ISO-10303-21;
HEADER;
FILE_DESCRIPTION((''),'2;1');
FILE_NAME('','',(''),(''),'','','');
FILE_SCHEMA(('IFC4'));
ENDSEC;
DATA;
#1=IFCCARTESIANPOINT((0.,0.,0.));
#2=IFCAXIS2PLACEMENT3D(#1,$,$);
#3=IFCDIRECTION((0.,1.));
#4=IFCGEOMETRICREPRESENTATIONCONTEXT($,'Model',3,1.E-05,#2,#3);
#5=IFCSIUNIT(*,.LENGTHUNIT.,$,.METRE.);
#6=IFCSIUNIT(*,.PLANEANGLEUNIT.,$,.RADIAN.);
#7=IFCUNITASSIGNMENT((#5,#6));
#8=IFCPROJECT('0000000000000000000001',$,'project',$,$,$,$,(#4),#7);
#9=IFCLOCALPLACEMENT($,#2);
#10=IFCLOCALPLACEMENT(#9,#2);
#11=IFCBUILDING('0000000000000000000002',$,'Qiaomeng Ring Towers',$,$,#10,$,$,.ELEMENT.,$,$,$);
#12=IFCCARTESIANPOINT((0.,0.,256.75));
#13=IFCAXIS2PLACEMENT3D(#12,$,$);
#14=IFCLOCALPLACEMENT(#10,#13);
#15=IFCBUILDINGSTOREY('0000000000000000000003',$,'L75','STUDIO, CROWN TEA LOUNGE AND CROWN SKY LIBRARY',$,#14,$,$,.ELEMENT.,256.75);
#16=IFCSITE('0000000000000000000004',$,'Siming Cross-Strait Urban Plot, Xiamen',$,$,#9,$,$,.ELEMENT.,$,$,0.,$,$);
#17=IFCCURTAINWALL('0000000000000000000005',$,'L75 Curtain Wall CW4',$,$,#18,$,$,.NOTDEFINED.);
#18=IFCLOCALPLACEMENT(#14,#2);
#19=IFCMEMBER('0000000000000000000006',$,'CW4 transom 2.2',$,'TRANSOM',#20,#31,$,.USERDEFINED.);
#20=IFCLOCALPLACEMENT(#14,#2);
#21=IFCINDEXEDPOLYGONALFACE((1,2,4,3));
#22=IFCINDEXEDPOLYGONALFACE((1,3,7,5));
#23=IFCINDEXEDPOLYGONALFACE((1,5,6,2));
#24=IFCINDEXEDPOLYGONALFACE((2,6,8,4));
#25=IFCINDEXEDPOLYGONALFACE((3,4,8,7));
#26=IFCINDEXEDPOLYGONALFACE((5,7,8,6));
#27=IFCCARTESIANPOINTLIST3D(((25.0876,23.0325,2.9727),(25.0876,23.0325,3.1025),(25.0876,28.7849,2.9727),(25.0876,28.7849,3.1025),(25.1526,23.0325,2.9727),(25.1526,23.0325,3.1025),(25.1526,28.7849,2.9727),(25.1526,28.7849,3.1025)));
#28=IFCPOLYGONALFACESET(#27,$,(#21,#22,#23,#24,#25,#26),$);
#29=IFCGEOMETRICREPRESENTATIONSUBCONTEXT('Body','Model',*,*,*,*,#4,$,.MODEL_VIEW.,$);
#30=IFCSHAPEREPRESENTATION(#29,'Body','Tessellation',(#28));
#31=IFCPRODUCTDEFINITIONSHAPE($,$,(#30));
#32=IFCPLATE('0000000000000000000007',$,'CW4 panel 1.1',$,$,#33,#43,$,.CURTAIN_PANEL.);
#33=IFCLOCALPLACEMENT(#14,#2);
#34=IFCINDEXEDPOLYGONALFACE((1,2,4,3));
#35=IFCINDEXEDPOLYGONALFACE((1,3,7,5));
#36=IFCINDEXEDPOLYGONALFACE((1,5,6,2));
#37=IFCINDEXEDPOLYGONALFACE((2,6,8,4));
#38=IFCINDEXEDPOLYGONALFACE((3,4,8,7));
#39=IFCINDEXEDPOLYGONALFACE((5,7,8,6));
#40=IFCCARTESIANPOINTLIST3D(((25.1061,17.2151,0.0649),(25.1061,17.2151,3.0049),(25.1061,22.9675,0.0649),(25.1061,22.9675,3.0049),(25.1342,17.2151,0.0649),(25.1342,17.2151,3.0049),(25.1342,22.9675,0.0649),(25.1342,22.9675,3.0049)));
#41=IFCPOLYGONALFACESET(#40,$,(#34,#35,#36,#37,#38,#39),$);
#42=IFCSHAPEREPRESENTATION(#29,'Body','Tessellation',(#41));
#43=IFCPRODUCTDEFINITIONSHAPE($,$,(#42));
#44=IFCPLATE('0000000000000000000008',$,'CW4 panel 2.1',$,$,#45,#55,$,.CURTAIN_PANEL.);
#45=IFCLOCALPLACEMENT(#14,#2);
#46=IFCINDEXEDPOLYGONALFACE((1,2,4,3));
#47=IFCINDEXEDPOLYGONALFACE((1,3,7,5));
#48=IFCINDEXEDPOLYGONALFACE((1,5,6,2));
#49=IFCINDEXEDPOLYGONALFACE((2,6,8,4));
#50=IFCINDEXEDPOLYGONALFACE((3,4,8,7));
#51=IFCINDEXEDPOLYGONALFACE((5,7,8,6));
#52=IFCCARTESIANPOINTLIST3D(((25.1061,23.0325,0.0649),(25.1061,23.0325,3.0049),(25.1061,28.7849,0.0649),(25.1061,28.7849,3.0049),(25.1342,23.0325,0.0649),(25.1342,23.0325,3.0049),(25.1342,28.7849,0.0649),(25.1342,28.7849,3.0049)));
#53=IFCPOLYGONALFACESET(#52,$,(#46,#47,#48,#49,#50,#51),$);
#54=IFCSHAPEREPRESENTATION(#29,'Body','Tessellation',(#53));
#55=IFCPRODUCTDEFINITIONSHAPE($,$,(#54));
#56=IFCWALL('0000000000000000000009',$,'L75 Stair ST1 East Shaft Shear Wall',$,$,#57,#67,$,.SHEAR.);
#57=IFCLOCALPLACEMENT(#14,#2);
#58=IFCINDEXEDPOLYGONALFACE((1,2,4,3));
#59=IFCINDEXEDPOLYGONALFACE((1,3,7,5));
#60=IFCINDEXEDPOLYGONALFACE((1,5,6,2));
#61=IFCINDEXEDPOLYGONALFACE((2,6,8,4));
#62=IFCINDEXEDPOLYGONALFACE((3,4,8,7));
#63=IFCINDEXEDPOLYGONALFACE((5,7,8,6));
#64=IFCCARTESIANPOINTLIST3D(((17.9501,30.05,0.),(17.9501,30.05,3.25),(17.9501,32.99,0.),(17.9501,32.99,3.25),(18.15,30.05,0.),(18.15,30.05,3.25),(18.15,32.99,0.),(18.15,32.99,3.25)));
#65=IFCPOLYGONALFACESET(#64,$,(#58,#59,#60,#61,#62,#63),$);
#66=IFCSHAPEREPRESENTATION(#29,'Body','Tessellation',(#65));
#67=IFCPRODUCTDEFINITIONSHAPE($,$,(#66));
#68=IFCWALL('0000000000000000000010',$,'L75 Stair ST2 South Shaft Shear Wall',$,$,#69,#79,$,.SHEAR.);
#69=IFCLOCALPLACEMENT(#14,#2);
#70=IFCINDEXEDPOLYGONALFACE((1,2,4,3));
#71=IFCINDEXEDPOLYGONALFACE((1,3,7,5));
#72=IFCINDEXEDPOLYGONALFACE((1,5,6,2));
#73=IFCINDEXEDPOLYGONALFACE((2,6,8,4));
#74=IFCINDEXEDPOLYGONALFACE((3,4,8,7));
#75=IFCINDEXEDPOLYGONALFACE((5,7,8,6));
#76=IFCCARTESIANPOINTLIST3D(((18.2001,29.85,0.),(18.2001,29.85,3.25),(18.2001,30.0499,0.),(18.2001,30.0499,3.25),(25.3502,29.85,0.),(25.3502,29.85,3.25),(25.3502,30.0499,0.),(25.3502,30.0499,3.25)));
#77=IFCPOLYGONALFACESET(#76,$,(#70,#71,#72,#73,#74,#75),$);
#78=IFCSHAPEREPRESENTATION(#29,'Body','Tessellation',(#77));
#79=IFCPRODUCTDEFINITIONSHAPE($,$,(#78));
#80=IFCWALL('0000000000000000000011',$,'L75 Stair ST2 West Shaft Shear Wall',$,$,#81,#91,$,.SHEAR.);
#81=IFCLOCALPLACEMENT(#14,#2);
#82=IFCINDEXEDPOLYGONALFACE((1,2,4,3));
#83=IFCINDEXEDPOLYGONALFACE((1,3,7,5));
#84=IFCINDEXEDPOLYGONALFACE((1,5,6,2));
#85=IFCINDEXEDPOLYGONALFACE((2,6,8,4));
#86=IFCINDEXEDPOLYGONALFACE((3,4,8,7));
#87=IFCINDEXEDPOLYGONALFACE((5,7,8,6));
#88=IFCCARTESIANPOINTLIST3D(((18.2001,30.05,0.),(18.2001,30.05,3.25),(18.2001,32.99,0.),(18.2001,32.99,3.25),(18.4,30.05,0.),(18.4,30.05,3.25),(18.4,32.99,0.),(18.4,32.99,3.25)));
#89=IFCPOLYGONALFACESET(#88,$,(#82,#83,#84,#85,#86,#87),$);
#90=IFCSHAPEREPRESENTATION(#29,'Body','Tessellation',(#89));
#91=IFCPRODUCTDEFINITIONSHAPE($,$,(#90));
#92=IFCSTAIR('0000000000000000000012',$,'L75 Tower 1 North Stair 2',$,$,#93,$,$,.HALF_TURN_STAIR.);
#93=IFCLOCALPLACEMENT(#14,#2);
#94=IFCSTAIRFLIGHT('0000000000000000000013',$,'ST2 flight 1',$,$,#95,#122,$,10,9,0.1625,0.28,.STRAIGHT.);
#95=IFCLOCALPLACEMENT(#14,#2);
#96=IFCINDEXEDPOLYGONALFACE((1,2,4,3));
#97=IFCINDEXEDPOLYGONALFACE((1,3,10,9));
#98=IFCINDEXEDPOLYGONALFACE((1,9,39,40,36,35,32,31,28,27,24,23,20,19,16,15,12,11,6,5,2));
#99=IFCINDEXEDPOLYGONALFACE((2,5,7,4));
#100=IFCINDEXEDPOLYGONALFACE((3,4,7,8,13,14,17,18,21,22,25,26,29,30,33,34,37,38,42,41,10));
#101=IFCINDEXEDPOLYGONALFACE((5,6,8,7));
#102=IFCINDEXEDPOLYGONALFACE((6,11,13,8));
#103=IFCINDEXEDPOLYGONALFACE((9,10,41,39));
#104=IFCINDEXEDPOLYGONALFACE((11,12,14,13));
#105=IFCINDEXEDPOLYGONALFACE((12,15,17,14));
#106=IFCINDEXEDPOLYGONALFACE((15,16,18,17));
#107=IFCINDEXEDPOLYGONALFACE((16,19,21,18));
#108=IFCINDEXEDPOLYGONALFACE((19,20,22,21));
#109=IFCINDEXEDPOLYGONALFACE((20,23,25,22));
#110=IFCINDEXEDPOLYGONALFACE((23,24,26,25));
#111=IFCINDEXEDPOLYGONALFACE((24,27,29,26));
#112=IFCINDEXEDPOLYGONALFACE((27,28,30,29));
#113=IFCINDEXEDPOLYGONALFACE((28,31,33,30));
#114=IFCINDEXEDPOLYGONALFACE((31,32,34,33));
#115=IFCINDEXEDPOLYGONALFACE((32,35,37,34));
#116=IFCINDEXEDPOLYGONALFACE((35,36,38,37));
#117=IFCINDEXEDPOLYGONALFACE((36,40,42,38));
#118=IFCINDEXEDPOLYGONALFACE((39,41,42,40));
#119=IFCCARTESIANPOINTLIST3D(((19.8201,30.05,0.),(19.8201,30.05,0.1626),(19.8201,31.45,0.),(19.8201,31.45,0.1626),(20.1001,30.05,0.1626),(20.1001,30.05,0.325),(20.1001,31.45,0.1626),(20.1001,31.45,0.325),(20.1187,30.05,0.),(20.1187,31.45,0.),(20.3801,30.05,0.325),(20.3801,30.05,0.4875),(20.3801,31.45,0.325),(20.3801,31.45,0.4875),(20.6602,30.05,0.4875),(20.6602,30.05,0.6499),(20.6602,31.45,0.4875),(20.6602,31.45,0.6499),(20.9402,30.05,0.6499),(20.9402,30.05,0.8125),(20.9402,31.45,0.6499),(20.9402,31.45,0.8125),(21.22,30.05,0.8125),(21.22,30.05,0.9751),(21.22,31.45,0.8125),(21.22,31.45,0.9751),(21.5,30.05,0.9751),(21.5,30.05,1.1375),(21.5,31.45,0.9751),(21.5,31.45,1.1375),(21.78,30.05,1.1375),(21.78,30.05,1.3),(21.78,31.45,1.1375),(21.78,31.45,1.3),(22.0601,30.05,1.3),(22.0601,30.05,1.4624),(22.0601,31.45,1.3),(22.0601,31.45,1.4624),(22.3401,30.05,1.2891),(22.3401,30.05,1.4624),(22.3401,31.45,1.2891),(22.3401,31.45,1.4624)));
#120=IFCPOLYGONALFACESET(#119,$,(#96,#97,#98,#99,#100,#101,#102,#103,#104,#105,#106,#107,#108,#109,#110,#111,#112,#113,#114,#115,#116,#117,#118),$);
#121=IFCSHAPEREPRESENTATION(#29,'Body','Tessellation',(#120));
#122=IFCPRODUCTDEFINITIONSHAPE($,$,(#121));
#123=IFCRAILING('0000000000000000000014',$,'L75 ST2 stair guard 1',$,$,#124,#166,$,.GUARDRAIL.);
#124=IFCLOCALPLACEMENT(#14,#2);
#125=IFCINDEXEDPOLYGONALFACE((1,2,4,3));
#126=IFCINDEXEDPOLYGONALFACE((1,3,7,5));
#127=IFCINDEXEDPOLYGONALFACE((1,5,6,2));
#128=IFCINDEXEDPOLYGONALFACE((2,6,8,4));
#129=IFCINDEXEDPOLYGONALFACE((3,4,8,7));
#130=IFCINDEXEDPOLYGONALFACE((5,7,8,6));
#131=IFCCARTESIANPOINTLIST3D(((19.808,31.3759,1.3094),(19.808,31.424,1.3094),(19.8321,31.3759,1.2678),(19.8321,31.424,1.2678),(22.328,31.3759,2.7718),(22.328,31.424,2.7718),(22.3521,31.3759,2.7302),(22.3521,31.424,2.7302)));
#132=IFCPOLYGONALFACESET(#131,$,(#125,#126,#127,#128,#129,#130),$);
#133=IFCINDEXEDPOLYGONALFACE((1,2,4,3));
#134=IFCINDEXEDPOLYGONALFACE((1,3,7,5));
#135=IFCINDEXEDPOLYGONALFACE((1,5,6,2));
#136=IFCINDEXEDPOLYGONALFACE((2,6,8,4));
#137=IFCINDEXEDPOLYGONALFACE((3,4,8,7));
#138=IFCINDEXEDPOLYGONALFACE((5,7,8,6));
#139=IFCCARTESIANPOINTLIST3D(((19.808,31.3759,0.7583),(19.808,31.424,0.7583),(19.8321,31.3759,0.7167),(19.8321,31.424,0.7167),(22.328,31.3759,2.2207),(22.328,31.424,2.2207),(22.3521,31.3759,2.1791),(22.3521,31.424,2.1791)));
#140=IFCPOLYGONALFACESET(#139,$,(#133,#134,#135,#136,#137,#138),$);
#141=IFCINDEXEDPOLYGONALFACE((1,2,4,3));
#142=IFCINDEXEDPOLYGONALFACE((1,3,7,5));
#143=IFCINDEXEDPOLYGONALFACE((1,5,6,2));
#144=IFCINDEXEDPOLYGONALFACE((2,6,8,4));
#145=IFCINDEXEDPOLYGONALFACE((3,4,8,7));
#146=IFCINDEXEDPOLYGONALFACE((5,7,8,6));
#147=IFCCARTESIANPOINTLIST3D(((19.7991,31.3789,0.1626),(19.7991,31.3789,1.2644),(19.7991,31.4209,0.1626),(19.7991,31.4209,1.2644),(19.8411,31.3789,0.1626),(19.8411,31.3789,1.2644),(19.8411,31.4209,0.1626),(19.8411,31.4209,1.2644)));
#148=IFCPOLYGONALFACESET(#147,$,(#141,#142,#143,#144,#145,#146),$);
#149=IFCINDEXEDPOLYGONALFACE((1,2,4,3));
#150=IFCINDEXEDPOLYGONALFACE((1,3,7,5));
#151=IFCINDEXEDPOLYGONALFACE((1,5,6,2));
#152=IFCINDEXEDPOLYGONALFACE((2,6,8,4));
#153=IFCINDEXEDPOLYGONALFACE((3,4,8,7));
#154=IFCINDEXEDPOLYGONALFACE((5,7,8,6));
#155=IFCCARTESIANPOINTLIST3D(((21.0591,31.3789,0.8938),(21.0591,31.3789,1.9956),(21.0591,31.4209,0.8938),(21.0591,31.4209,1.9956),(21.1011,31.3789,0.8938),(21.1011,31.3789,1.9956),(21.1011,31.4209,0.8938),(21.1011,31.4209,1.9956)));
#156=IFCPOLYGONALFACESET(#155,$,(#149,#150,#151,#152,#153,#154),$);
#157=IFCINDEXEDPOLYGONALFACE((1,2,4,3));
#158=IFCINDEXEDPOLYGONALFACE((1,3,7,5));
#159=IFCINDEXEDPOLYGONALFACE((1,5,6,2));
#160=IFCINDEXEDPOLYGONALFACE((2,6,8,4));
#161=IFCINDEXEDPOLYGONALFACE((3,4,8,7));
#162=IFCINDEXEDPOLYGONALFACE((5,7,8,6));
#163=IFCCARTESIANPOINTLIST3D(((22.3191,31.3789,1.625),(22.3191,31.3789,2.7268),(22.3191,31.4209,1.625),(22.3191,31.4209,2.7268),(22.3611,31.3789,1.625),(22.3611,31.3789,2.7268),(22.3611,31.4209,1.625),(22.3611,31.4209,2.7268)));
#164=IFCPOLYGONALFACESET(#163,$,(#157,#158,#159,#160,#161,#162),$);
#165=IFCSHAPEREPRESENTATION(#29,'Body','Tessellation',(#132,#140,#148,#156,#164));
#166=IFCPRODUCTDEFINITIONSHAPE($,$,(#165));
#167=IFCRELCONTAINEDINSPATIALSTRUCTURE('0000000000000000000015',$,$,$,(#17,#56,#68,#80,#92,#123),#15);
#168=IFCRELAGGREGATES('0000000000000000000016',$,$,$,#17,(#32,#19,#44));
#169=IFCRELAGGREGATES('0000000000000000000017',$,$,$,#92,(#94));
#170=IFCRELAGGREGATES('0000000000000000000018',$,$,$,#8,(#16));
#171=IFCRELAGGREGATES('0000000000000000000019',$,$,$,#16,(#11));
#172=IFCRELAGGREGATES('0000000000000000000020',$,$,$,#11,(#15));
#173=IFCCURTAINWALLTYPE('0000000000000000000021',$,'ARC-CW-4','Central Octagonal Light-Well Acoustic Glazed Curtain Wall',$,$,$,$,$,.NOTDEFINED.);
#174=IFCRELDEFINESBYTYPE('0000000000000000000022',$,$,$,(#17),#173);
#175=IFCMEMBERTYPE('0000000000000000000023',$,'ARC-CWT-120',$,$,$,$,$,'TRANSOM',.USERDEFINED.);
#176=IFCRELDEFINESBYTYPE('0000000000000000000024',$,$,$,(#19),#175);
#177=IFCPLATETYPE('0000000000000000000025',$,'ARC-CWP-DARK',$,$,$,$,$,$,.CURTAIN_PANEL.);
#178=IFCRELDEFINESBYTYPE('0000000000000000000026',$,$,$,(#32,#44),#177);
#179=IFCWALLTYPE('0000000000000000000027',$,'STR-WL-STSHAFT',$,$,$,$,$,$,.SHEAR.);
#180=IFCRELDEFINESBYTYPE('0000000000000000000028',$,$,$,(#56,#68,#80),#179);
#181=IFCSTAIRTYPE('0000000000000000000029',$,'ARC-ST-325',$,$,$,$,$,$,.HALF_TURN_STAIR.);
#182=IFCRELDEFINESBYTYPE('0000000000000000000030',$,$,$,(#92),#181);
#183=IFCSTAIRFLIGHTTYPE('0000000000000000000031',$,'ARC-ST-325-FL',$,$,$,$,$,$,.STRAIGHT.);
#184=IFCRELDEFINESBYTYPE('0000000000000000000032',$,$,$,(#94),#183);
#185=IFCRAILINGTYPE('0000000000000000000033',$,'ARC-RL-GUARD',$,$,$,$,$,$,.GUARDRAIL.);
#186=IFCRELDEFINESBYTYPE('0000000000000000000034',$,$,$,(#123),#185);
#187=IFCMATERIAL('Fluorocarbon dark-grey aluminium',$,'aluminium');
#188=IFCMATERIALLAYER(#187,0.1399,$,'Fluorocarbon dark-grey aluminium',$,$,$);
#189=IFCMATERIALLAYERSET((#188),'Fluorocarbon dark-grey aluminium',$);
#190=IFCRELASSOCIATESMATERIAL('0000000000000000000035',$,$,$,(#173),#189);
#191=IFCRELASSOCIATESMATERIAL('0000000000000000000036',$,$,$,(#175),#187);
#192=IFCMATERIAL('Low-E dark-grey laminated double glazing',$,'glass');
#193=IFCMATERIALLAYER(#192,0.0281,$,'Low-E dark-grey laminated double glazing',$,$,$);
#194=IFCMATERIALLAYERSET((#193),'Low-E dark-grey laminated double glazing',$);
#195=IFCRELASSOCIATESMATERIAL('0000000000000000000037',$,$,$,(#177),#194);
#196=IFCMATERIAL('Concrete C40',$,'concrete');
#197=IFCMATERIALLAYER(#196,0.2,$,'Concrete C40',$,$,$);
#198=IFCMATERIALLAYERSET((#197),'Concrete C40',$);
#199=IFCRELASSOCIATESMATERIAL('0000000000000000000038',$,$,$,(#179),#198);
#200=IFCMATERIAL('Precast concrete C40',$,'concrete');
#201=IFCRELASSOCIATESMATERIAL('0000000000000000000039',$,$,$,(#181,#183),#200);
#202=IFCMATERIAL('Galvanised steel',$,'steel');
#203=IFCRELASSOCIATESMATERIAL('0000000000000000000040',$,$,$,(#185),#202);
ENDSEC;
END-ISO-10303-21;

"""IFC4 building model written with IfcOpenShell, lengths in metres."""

from ifc_helpers import new_model, si_unit, direction, frame, frame_2d, origin, origin_2d, place, context, subcontext, project, spatial, polyline, rectangle, outline, extrude, source, transform, mapped, material, layer, layer_set, material_profile, profile_set, type_object, element, aggregate, save


model = new_model("IFC4")

# Units and contexts
model_context = context("Model", 3, precision=1e-05, world=origin(), true_north=direction((0.0, 1.0)))
body_context = subcontext(model_context, "Body", "Model", "MODEL_VIEW")
ifc_project = project(units=[si_unit("LENGTHUNIT", "METRE"), si_unit("PLANEANGLEUNIT", "RADIAN")], contexts=[model_context])

# Site, building, storey
site_placement = place(None, origin())
site = spatial("IfcSite", under=ifc_project, at=site_placement, Name="Siming Cross-Strait Urban Plot, Xiamen", CompositionType="ELEMENT", RefElevation=0.0)
building_placement = place(site_placement, origin())
building = spatial("IfcBuilding", under=site, at=building_placement, Name="Qiaomeng Ring Towers", CompositionType="ELEMENT")
storey_placement = place(building_placement, frame((0.0, 0.0, 256.75)))
storey = spatial("IfcBuildingStorey", under=building, at=storey_placement, Name="L75", Description="STUDIO, CROWN TEA LOUNGE AND CROWN SKY LIBRARY", CompositionType="ELEMENT", Elevation=256.75)

# Curtain wall, member, plates
ifc_material_1 = material(Name="Fluorocarbon dark-grey aluminium", Category="aluminium")
ifc_layer_1 = layer(ifc_material_1, 0.1399, Name="Fluorocarbon dark-grey aluminium")
ifc_layer_set_1 = layer_set([ifc_layer_1], Name="Fluorocarbon dark-grey aluminium")
curtain_wall_type = type_object("IfcCurtainWallType", Name="ARC-CW-4", Description="Central Octagonal Light-Well Acoustic Glazed Curtain Wall", PredefinedType="NOTDEFINED", material=ifc_layer_set_1)
curtain_wall_placement = place(storey_placement, origin())
curtain_wall = element("IfcCurtainWall", 1, at=curtain_wall_placement, inside=storey, type_object=curtain_wall_type, Name="L75 Curtain Wall CW4", PredefinedType="NOTDEFINED")
ifc_material_profile_1 = material_profile(ifc_material_1, rectangle(XDim=0.0649, YDim=0.1299, at=origin_2d()), Name="ALU TRAN 65x130")
ifc_profile_set_1 = profile_set([ifc_material_profile_1], Name="Fluorocarbon dark-grey aluminium")
member_type_1 = type_object("IfcMemberType", Name="ARC-CWT-120", ElementType="TRANSOM", PredefinedType="USERDEFINED", material=ifc_profile_set_1)
shared_shape_1 = source(origin(), body_context, "Body", "SweptSolid", [
    extrude(rectangle(XDim=0.0649, YDim=0.1299, at=origin_2d()), origin(), (0.0, 0.0, 1.0), 5.7524),
])
member_1_placement = place(storey_placement, frame((25.1201, 23.0325, 3.0376), z_axis=(0.0, 1.0, 0.0), x_axis=(-1.0, 0.0, 0.0)))
member_1 = element("IfcMember", 2, at=member_1_placement, type_object=member_type_1, Name="CW4 transom 2.2", ObjectType="TRANSOM", PredefinedType="USERDEFINED", context=body_context, shape_type="MappedRepresentation", body=[
    mapped(shared_shape_1, transform((0.0, 0.0, 0.0), x_axis=(1.0, 0.0, 0.0), y_axis=(0.0, 1.0, 0.0), z_axis=(0.0, 0.0, 1.0), scale=1.0)),
])
ifc_material_2 = material(Name="Low-E dark-grey laminated double glazing", Category="glass")
ifc_layer_2 = layer(ifc_material_2, 0.0281, Name="Low-E dark-grey laminated double glazing")
ifc_layer_set_2 = layer_set([ifc_layer_2], Name="Low-E dark-grey laminated double glazing")
plate_type = type_object("IfcPlateType", Name="ARC-CWP-DARK", PredefinedType="CURTAIN_PANEL", material=ifc_layer_set_2)
shared_shape_2 = source(origin(), body_context, "Body", "SweptSolid", [
    extrude(rectangle(XDim=5.7524, YDim=0.0281, at=origin_2d()), origin(), (0.0, 0.0, 1.0), 2.9399),
])
plate_1_placement = place(storey_placement, frame((25.1201, 20.0913, 0.0649), z_axis=(0.0, 0.0, 1.0), x_axis=(0.0, 1.0, 0.0)))
plate_1 = element("IfcPlate", 3, at=plate_1_placement, type_object=plate_type, Name="CW4 panel 1.1", PredefinedType="CURTAIN_PANEL", context=body_context, shape_type="MappedRepresentation", body=[
    mapped(shared_shape_2, transform((0.0, 0.0, 0.0), x_axis=(1.0, 0.0, 0.0), y_axis=(0.0, 1.0, 0.0), z_axis=(0.0, 0.0, 1.0), scale=1.0)),
])
plate_2_placement = place(storey_placement, frame((25.1201, 25.9087, 0.0649), z_axis=(0.0, 0.0, 1.0), x_axis=(0.0, 1.0, 0.0)))
plate_2 = element("IfcPlate", 4, at=plate_2_placement, type_object=plate_type, Name="CW4 panel 2.1", PredefinedType="CURTAIN_PANEL", context=body_context, shape_type="MappedRepresentation", body=[
    mapped(shared_shape_2, transform((0.0, 0.0, 0.0), x_axis=(1.0, 0.0, 0.0), y_axis=(0.0, 1.0, 0.0), z_axis=(0.0, 0.0, 1.0), scale=1.0)),
])
aggregate(curtain_wall, [plate_1, member_1, plate_2])

# Walls
ifc_material_3 = material(Name="Concrete C40", Category="concrete")
ifc_layer_3 = layer(ifc_material_3, 0.2, Name="Concrete C40")
ifc_layer_set_3 = layer_set([ifc_layer_3], Name="Concrete C40")
wall_type = type_object("IfcWallType", Name="STR-WL-STSHAFT", PredefinedType="SHEAR", material=ifc_layer_set_3)
wall_1_placement = place(storey_placement, frame((18.05, 30.05, 0.0), z_axis=(0.0, 0.0, 1.0), x_axis=(0.0, 1.0, 0.0)))
element("IfcWall", 5, at=wall_1_placement, inside=storey, type_object=wall_type, Name="L75 Stair ST1 East Shaft Shear Wall", PredefinedType="SHEAR", context=body_context, shape_type="SweptSolid", body=[
    extrude(rectangle(XDim=2.9399, YDim=0.2, at=frame_2d((1.47, 0.0))), origin(), (0.0, 0.0, 1.0), 3.25),
])
wall_2_placement = place(storey_placement, frame((18.2, 29.95, 0.0), z_axis=(0.0, 0.0, 1.0), x_axis=(1.0, 0.0, 0.0)))
element("IfcWall", 6, at=wall_2_placement, inside=storey, type_object=wall_type, Name="L75 Stair ST2 South Shaft Shear Wall", PredefinedType="SHEAR", context=body_context, shape_type="SweptSolid", body=[
    extrude(rectangle(XDim=7.1501, YDim=0.2, at=frame_2d((3.5752, 0.0))), origin(), (0.0, 0.0, 1.0), 3.25),
])
wall_3_placement = place(storey_placement, frame((18.3, 30.05, 0.0), z_axis=(0.0, 0.0, 1.0), x_axis=(0.0, 1.0, 0.0)))
element("IfcWall", 7, at=wall_3_placement, inside=storey, type_object=wall_type, Name="L75 Stair ST2 West Shaft Shear Wall", PredefinedType="SHEAR", context=body_context, shape_type="SweptSolid", body=[
    extrude(rectangle(XDim=2.9399, YDim=0.2, at=frame_2d((1.47, 0.0))), origin(), (0.0, 0.0, 1.0), 3.25),
])

# Stair, stair flight
ifc_material_4 = material(Name="Precast concrete C40", Category="concrete")
stair_type = type_object("IfcStairType", Name="ARC-ST-325", PredefinedType="HALF_TURN_STAIR", material=ifc_material_4)
stair_placement = place(storey_placement, origin())
stair = element("IfcStair", 8, at=stair_placement, inside=storey, type_object=stair_type, Name="L75 Tower 1 North Stair 2", PredefinedType="HALF_TURN_STAIR")
stair_flight_type = type_object("IfcStairFlightType", Name="ARC-ST-325-FL", PredefinedType="STRAIGHT", material=ifc_material_4)
shared_shape_3 = source(origin(), body_context, "Body", "SweptSolid", [
    extrude(outline(polyline([(0.0, 0.0), (0.0, 0.1626), (0.28, 0.1626), (0.28, 0.325), (0.5601, 0.325), (0.5601, 0.4875), (0.8401, 0.4875), (0.8401, 0.6499), (1.1201, 0.6499), (1.1201, 0.8125), (1.3999, 0.8125), (1.3999, 0.9751), (1.6799, 0.9751), (1.6799, 1.1375), (1.96, 1.1375), (1.96, 1.3), (2.24, 1.3), (2.24, 1.4624), (2.52, 1.4624), (2.52, 1.625), (2.52, 1.2891), (0.2986, 0.0), (0.0, 0.0)])), frame((0.0, 0.7, 0.0), z_axis=(0.0, -1.0, 0.0), x_axis=(1.0, 0.0, 0.0)), (0.0, 0.0, 1.0), 1.3999),
])
stair_flight_placement = place(storey_placement, frame((19.8201, 30.75, 0.0), z_axis=(0.0, 0.0, 1.0), x_axis=(1.0, 0.0, 0.0)))
stair_flight = element("IfcStairFlight", 9, at=stair_flight_placement, type_object=stair_flight_type, Name="ST2 flight 1", NumberOfRisers=10, NumberOfTreads=9, PredefinedType="STRAIGHT", RiserHeight=0.1625, TreadLength=0.28, context=body_context, shape_type="MappedRepresentation", body=[
    mapped(shared_shape_3, transform((0.0, 0.0, 0.0), x_axis=(1.0, 0.0, 0.0), y_axis=(0.0, 1.0, 0.0), z_axis=(0.0, 0.0, 1.0), scale=1.0)),
])
aggregate(stair, [stair_flight])

# Railing
ifc_material_5 = material(Name="Galvanised steel", Category="steel")
railing_type_1 = type_object("IfcRailingType", Name="ARC-RL-GUARD", PredefinedType="GUARDRAIL", material=ifc_material_5)
railing_1_placement = place(storey_placement, frame((19.8201, 31.3999, 0.1626)))
element("IfcRailing", 10, at=railing_1_placement, inside=storey, type_object=railing_type_1, Name="L75 ST2 stair guard 1", PredefinedType="GUARDRAIL", context=body_context, shape_type="SweptSolid", body=[
    extrude(rectangle(XDim=0.0481, YDim=0.0481, at=origin_2d()), frame((0.0, 0.0, 1.126), z_axis=(0.864913, 0.0, 0.501921), x_axis=(0.0, 1.0, 0.0)), (0.0, 0.0, 1.0), 2.9136),
    extrude(rectangle(XDim=0.0481, YDim=0.0481, at=origin_2d()), frame((0.0, 0.0, 0.575), z_axis=(0.864913, 0.0, 0.501921), x_axis=(0.0, 1.0, 0.0)), (0.0, 0.0, 1.0), 2.9136),
    extrude(rectangle(XDim=0.042, YDim=0.042, at=origin_2d()), origin(), (0.0, 0.0, 1.0), 1.1018),
    extrude(rectangle(XDim=0.042, YDim=0.042, at=origin_2d()), frame((1.26, 0.0, 0.7312)), (0.0, 0.0, 1.0), 1.1018),
    extrude(rectangle(XDim=0.042, YDim=0.042, at=origin_2d()), frame((2.52, 0.0, 1.4624)), (0.0, 0.0, 1.0), 1.1018),
])

save(model, "model.ifc")
